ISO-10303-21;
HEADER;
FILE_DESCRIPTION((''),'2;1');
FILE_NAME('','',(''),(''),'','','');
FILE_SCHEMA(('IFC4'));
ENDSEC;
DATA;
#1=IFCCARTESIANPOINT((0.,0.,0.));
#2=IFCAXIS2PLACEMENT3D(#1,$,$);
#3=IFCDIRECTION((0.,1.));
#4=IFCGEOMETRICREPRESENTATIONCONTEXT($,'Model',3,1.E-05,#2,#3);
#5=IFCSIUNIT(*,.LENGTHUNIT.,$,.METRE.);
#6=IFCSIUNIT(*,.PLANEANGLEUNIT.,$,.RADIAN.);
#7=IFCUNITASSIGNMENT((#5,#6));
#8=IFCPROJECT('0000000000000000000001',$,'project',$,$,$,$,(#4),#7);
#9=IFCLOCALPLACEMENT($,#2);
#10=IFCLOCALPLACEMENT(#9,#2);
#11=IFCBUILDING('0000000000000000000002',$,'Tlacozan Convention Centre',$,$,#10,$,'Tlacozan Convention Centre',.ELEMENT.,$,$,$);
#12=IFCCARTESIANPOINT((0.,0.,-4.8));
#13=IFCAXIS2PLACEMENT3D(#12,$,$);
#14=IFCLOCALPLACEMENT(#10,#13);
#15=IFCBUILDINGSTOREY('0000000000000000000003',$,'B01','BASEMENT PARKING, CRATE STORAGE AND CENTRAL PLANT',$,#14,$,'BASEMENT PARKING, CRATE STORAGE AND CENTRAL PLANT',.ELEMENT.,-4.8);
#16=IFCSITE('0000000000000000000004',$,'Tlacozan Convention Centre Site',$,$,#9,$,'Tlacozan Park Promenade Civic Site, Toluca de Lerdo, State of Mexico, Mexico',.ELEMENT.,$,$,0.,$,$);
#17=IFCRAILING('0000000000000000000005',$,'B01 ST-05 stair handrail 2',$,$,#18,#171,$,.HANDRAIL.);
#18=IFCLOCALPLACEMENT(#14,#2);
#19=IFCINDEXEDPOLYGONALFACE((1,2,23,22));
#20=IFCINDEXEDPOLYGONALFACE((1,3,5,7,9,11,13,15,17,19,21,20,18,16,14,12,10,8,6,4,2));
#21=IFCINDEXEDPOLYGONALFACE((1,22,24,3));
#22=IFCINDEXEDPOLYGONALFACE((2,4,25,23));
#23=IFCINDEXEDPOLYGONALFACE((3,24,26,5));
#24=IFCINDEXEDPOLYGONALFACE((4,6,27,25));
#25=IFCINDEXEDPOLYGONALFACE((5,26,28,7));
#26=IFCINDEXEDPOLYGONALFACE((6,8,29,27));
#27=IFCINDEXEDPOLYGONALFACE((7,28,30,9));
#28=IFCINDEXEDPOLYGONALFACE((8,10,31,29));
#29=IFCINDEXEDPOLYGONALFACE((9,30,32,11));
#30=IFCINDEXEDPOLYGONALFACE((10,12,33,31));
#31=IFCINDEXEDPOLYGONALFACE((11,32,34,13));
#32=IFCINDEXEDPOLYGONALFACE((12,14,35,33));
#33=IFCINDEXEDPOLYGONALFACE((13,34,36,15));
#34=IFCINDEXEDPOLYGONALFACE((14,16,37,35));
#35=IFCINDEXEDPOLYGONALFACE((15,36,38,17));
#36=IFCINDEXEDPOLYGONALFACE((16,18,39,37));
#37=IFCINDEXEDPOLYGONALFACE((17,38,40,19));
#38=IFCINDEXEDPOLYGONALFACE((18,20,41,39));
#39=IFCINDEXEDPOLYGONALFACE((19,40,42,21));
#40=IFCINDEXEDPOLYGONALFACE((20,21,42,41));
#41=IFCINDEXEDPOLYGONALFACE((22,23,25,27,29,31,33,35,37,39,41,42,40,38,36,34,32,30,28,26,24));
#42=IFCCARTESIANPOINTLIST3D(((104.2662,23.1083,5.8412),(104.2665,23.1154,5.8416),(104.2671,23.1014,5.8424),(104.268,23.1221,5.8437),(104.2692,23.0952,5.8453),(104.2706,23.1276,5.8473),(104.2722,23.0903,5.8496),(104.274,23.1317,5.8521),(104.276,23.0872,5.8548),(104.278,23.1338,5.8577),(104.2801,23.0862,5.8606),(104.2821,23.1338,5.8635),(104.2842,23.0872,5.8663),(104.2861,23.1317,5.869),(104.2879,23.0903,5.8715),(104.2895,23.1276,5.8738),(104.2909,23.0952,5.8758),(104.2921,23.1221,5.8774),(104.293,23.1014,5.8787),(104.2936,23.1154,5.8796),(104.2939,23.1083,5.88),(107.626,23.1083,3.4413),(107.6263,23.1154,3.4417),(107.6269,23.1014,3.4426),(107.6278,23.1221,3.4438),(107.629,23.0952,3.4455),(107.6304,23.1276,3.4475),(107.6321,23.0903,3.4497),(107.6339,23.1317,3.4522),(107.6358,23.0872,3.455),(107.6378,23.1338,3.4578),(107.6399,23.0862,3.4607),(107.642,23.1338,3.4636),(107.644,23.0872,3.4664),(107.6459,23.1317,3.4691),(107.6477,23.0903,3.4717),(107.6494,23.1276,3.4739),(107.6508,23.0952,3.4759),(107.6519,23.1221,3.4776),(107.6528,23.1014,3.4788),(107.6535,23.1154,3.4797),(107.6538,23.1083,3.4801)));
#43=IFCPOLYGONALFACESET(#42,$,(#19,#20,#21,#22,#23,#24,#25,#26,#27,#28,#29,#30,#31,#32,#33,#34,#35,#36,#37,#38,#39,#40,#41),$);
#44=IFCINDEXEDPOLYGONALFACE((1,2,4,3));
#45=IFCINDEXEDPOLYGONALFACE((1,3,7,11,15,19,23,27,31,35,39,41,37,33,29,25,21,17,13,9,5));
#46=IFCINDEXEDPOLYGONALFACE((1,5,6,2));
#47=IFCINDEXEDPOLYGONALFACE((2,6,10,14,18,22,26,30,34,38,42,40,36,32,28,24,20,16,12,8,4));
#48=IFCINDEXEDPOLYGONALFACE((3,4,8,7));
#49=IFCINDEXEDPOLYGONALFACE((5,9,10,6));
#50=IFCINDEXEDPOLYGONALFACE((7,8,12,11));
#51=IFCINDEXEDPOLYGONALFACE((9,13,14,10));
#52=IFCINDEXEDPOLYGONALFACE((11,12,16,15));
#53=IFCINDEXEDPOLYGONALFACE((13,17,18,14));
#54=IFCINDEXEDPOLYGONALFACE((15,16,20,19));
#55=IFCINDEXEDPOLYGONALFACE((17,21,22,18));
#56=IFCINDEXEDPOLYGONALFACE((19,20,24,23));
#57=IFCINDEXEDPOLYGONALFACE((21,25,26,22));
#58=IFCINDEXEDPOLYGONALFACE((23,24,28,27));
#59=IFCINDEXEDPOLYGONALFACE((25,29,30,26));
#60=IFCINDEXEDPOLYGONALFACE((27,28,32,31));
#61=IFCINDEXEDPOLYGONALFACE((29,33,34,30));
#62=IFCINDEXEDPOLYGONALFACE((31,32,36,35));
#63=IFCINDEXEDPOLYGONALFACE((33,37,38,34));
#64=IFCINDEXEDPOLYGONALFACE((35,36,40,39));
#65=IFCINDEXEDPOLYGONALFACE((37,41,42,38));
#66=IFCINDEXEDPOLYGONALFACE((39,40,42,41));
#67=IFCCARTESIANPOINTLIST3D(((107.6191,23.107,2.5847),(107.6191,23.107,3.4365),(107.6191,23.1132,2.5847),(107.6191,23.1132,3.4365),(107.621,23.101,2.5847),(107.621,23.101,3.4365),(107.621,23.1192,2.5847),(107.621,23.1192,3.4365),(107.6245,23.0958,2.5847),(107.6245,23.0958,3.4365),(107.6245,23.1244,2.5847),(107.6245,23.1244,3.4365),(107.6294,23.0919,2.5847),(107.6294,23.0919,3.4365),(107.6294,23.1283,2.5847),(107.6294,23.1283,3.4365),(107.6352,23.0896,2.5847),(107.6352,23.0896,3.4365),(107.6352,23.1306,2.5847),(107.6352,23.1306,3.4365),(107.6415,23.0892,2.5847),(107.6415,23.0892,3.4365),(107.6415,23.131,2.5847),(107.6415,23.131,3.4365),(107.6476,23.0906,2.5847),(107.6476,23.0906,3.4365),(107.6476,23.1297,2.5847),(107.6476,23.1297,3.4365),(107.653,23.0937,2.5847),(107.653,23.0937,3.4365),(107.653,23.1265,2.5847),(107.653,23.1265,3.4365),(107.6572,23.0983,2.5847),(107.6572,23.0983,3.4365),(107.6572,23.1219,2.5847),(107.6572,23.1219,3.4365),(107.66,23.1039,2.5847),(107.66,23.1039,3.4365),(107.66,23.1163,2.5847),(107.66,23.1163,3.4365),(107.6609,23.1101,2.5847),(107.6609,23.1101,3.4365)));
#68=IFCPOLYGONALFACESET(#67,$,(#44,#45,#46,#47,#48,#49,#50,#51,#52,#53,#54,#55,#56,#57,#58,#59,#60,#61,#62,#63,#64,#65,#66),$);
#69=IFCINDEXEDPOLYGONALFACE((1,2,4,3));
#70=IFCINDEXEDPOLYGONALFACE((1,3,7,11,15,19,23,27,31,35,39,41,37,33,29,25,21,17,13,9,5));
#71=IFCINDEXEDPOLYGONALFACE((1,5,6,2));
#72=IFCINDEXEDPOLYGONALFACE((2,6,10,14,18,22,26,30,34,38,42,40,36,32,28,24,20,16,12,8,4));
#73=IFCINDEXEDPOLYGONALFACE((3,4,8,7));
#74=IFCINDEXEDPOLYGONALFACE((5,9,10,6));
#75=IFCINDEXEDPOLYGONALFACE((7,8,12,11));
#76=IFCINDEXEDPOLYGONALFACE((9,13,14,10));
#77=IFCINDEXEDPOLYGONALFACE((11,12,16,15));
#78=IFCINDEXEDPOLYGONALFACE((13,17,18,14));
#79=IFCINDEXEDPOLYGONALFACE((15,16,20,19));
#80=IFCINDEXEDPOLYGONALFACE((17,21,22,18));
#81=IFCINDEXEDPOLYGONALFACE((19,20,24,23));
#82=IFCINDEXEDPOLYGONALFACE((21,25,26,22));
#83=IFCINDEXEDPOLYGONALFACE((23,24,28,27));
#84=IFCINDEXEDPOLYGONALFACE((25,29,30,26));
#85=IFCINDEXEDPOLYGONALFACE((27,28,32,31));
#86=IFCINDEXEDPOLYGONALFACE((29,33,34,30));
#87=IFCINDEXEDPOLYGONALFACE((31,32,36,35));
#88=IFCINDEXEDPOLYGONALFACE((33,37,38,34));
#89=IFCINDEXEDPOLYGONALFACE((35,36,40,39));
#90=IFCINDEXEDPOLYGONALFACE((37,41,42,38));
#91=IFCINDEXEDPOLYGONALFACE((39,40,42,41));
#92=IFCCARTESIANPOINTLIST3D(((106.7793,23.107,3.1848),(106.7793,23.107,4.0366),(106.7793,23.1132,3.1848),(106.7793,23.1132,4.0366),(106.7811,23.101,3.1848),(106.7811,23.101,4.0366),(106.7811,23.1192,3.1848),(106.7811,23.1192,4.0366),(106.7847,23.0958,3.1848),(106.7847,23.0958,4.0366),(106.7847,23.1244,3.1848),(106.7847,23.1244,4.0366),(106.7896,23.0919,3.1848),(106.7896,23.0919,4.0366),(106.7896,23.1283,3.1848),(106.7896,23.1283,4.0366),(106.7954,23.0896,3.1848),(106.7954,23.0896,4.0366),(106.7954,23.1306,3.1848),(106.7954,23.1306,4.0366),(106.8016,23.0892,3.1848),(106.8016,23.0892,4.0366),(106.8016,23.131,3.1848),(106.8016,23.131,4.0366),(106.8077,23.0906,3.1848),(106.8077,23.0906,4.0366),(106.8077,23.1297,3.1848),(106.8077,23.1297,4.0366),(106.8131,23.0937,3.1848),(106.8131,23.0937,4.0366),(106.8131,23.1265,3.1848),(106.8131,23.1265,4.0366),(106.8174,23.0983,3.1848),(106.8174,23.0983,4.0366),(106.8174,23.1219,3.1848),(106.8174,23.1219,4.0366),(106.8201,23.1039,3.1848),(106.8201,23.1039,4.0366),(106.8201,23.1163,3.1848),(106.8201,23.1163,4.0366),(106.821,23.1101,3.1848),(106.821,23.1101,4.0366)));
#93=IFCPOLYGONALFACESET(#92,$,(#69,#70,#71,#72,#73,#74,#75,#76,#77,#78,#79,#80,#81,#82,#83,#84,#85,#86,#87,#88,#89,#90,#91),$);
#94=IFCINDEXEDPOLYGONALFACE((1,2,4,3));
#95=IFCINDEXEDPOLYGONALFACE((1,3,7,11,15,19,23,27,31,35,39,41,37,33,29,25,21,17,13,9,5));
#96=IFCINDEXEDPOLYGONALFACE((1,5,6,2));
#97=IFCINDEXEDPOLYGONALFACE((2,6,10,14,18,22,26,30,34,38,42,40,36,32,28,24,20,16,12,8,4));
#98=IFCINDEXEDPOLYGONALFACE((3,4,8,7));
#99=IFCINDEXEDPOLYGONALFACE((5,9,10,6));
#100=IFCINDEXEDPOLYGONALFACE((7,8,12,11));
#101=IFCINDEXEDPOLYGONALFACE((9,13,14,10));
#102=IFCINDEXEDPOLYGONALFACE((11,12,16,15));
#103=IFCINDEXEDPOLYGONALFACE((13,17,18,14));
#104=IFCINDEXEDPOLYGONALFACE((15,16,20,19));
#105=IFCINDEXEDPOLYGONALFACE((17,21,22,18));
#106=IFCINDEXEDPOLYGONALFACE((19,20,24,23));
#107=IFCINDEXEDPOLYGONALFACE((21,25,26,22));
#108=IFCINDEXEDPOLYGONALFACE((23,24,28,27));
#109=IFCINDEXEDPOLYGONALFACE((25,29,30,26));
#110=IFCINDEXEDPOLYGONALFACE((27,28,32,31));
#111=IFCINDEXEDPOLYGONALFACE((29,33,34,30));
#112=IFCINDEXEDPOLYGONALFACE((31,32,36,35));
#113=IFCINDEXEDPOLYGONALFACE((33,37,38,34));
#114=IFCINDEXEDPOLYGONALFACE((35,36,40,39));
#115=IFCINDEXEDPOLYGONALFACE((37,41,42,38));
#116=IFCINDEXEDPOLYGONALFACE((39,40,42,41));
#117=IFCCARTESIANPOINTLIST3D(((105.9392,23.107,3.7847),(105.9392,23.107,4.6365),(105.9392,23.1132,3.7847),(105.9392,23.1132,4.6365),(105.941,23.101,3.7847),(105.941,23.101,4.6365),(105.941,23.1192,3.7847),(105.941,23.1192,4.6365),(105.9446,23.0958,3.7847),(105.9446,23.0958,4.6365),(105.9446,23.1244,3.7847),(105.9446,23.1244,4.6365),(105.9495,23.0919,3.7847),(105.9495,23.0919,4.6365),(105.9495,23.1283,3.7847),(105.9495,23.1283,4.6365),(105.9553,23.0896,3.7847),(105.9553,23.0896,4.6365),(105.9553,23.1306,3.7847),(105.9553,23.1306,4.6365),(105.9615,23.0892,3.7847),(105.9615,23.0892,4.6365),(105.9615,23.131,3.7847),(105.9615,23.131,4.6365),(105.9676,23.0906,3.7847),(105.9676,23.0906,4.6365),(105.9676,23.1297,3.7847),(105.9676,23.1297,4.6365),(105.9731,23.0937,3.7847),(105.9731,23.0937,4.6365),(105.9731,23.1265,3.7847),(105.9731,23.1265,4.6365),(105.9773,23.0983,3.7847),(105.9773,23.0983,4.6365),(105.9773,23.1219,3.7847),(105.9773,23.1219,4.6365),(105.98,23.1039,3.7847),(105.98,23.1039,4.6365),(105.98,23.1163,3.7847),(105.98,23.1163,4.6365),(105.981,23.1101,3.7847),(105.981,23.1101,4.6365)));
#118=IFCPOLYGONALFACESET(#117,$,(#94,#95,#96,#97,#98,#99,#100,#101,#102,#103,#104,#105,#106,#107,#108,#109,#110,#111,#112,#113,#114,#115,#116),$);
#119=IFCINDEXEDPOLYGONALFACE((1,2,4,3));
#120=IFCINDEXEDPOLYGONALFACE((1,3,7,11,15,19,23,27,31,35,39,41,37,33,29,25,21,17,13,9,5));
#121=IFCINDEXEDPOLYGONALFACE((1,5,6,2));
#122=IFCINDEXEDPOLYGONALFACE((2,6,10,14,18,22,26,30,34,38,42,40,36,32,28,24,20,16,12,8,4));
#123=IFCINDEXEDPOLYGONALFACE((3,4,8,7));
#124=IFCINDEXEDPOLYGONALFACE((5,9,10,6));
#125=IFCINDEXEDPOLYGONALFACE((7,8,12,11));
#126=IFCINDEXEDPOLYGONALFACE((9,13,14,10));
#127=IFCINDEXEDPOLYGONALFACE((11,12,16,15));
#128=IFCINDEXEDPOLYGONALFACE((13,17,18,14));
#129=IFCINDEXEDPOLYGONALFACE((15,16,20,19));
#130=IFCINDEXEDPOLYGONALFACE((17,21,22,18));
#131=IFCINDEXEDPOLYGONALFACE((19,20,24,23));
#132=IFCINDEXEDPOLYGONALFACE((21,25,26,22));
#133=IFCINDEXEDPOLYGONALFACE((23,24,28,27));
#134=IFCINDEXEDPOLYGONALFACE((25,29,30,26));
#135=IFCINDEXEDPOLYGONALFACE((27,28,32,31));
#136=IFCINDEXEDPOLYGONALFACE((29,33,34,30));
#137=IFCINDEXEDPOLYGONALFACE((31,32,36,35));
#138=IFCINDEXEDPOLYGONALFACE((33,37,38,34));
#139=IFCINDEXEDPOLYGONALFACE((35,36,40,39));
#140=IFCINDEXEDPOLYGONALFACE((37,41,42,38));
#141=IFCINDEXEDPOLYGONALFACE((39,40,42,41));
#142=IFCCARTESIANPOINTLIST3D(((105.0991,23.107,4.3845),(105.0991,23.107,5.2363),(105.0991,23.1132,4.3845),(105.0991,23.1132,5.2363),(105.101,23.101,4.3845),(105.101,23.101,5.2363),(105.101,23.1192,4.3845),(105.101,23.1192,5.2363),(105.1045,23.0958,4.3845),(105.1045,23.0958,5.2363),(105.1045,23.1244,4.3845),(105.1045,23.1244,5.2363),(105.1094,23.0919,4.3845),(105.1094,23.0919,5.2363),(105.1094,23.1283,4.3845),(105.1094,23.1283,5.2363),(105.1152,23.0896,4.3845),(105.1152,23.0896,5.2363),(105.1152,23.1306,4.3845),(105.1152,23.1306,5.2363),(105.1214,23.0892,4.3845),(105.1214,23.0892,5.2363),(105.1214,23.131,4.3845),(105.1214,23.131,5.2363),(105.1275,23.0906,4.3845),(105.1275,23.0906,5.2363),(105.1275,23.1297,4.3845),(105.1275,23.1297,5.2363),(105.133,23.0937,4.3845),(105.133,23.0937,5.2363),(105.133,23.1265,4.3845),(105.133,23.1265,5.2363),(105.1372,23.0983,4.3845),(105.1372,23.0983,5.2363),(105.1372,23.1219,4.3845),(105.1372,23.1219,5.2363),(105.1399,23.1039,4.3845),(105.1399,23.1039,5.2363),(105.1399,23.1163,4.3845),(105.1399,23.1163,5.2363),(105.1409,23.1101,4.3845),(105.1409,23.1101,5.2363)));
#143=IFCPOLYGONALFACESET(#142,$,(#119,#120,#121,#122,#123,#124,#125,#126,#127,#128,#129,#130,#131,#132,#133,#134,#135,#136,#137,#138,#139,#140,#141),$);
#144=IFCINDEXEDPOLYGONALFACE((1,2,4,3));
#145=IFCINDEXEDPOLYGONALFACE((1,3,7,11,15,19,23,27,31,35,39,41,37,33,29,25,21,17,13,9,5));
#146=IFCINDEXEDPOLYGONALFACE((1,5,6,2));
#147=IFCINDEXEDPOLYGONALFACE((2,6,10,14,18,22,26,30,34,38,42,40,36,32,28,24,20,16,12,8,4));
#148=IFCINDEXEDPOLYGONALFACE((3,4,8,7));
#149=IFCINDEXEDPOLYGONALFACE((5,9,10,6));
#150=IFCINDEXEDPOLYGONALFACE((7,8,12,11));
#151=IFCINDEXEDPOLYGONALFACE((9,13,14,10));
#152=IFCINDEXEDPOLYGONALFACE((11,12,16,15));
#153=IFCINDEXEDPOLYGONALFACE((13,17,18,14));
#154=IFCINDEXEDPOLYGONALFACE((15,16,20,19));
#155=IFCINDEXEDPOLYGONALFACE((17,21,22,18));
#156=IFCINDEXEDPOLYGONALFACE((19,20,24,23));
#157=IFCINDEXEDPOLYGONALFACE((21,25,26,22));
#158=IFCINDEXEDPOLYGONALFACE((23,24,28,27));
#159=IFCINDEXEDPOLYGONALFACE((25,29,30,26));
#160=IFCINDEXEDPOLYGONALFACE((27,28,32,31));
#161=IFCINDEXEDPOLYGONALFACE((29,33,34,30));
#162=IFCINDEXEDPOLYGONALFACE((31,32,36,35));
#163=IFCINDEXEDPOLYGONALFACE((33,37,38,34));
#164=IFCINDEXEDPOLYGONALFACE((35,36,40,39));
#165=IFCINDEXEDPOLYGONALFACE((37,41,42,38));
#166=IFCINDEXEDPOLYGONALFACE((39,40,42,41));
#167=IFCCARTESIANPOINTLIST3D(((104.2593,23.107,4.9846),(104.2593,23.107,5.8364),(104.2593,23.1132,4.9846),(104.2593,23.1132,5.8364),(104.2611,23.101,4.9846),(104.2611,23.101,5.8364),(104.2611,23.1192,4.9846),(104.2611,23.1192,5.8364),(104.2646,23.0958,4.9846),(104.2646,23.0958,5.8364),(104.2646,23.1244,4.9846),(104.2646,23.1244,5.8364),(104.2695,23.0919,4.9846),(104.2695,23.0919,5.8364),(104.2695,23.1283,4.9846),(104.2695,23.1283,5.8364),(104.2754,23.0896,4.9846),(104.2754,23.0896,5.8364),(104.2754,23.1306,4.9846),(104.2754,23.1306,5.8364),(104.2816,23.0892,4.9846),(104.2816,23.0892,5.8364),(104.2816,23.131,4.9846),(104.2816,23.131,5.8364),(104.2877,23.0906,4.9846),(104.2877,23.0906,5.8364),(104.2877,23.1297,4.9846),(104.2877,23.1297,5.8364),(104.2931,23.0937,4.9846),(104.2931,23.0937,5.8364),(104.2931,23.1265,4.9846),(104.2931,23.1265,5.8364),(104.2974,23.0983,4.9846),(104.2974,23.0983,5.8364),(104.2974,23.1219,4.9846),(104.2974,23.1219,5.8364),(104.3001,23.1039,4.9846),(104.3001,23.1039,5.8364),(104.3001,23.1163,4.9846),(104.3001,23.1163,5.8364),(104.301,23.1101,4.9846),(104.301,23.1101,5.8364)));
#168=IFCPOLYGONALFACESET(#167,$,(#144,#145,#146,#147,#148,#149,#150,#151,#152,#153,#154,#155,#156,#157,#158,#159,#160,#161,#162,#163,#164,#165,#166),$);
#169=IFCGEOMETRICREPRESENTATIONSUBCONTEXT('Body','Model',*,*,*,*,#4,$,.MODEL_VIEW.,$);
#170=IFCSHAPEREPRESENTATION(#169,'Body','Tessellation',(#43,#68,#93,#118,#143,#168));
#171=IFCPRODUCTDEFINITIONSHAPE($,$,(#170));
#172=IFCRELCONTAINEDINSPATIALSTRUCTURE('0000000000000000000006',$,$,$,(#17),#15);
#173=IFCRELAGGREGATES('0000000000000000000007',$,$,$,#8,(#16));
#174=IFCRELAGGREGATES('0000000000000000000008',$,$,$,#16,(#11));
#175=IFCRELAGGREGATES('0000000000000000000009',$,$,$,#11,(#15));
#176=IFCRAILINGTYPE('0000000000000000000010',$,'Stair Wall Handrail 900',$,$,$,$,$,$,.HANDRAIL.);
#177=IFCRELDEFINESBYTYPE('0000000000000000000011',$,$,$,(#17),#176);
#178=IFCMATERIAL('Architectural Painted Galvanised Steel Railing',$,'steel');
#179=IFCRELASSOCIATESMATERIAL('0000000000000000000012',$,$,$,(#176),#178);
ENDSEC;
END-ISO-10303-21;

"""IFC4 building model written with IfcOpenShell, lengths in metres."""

from ifc_helpers import new_model, si_unit, direction, frame, origin, origin_2d, place, context, subcontext, project, spatial, circle, extrude, material, type_object, element, save


model = new_model("IFC4")

# Units and contexts
model_context = context("Model", 3, precision=1e-05, world=origin(), true_north=direction((0.0, 1.0)))
body_context = subcontext(model_context, "Body", "Model", "MODEL_VIEW")
ifc_project = project(units=[si_unit("LENGTHUNIT", "METRE"), si_unit("PLANEANGLEUNIT", "RADIAN")], contexts=[model_context])

# Site, building, storey
site_placement = place(None, origin())
site = spatial("IfcSite", under=ifc_project, at=site_placement, Name="Tlacozan Convention Centre Site", LongName="Tlacozan Park Promenade Civic Site, Toluca de Lerdo, State of Mexico, Mexico", CompositionType="ELEMENT", RefElevation=0.0)
building_placement = place(site_placement, origin())
building = spatial("IfcBuilding", under=site, at=building_placement, Name="Tlacozan Convention Centre", LongName="Tlacozan Convention Centre", CompositionType="ELEMENT")
storey_placement = place(building_placement, frame((0.0, 0.0, -4.8)))
storey = spatial("IfcBuildingStorey", under=building, at=storey_placement, Name="B01", Description="BASEMENT PARKING, CRATE STORAGE AND CENTRAL PLANT", LongName="BASEMENT PARKING, CRATE STORAGE AND CENTRAL PLANT", CompositionType="ELEMENT", Elevation=-4.8)

# Railing
ifc_material_1 = material(Name="Architectural Painted Galvanised Steel Railing", Category="steel")
railing_type_1 = type_object("IfcRailingType", Name="Stair Wall Handrail 900", PredefinedType="HANDRAIL", material=ifc_material_1)
railing_1_placement = place(storey_placement, frame((107.6399, 23.1101, 2.5847)))
element("IfcRailing", 1, at=railing_1_placement, inside=storey, type_object=railing_type_1, Name="B01 ST-05 stair handrail 2", PredefinedType="HANDRAIL", context=body_context, shape_type="SweptSolid", body=[
    extrude(circle(Radius=0.0239, at=origin_2d()), frame((0.0, 0.0, 0.876), z_axis=(-0.813733, 0.0, 0.581238), x_axis=(0.0, -1.0, 0.0)), (0.0, 0.0, 1.0), 4.1289),
    extrude(circle(Radius=0.021, at=origin_2d()), origin(), (0.0, 0.0, 1.0), 0.8518),
    extrude(circle(Radius=0.021, at=origin_2d()), frame((-0.8398, 0.0, 0.6001)), (0.0, 0.0, 1.0), 0.8518),
    extrude(circle(Radius=0.021, at=origin_2d()), frame((-1.6799, 0.0, 1.2)), (0.0, 0.0, 1.0), 0.8518),
    extrude(circle(Radius=0.021, at=origin_2d()), frame((-2.52, 0.0, 1.7998)), (0.0, 0.0, 1.0), 0.8518),
    extrude(circle(Radius=0.021, at=origin_2d()), frame((-3.3599, 0.0, 2.3999)), (0.0, 0.0, 1.0), 0.8518),
])

save(model, "model.ifc")
